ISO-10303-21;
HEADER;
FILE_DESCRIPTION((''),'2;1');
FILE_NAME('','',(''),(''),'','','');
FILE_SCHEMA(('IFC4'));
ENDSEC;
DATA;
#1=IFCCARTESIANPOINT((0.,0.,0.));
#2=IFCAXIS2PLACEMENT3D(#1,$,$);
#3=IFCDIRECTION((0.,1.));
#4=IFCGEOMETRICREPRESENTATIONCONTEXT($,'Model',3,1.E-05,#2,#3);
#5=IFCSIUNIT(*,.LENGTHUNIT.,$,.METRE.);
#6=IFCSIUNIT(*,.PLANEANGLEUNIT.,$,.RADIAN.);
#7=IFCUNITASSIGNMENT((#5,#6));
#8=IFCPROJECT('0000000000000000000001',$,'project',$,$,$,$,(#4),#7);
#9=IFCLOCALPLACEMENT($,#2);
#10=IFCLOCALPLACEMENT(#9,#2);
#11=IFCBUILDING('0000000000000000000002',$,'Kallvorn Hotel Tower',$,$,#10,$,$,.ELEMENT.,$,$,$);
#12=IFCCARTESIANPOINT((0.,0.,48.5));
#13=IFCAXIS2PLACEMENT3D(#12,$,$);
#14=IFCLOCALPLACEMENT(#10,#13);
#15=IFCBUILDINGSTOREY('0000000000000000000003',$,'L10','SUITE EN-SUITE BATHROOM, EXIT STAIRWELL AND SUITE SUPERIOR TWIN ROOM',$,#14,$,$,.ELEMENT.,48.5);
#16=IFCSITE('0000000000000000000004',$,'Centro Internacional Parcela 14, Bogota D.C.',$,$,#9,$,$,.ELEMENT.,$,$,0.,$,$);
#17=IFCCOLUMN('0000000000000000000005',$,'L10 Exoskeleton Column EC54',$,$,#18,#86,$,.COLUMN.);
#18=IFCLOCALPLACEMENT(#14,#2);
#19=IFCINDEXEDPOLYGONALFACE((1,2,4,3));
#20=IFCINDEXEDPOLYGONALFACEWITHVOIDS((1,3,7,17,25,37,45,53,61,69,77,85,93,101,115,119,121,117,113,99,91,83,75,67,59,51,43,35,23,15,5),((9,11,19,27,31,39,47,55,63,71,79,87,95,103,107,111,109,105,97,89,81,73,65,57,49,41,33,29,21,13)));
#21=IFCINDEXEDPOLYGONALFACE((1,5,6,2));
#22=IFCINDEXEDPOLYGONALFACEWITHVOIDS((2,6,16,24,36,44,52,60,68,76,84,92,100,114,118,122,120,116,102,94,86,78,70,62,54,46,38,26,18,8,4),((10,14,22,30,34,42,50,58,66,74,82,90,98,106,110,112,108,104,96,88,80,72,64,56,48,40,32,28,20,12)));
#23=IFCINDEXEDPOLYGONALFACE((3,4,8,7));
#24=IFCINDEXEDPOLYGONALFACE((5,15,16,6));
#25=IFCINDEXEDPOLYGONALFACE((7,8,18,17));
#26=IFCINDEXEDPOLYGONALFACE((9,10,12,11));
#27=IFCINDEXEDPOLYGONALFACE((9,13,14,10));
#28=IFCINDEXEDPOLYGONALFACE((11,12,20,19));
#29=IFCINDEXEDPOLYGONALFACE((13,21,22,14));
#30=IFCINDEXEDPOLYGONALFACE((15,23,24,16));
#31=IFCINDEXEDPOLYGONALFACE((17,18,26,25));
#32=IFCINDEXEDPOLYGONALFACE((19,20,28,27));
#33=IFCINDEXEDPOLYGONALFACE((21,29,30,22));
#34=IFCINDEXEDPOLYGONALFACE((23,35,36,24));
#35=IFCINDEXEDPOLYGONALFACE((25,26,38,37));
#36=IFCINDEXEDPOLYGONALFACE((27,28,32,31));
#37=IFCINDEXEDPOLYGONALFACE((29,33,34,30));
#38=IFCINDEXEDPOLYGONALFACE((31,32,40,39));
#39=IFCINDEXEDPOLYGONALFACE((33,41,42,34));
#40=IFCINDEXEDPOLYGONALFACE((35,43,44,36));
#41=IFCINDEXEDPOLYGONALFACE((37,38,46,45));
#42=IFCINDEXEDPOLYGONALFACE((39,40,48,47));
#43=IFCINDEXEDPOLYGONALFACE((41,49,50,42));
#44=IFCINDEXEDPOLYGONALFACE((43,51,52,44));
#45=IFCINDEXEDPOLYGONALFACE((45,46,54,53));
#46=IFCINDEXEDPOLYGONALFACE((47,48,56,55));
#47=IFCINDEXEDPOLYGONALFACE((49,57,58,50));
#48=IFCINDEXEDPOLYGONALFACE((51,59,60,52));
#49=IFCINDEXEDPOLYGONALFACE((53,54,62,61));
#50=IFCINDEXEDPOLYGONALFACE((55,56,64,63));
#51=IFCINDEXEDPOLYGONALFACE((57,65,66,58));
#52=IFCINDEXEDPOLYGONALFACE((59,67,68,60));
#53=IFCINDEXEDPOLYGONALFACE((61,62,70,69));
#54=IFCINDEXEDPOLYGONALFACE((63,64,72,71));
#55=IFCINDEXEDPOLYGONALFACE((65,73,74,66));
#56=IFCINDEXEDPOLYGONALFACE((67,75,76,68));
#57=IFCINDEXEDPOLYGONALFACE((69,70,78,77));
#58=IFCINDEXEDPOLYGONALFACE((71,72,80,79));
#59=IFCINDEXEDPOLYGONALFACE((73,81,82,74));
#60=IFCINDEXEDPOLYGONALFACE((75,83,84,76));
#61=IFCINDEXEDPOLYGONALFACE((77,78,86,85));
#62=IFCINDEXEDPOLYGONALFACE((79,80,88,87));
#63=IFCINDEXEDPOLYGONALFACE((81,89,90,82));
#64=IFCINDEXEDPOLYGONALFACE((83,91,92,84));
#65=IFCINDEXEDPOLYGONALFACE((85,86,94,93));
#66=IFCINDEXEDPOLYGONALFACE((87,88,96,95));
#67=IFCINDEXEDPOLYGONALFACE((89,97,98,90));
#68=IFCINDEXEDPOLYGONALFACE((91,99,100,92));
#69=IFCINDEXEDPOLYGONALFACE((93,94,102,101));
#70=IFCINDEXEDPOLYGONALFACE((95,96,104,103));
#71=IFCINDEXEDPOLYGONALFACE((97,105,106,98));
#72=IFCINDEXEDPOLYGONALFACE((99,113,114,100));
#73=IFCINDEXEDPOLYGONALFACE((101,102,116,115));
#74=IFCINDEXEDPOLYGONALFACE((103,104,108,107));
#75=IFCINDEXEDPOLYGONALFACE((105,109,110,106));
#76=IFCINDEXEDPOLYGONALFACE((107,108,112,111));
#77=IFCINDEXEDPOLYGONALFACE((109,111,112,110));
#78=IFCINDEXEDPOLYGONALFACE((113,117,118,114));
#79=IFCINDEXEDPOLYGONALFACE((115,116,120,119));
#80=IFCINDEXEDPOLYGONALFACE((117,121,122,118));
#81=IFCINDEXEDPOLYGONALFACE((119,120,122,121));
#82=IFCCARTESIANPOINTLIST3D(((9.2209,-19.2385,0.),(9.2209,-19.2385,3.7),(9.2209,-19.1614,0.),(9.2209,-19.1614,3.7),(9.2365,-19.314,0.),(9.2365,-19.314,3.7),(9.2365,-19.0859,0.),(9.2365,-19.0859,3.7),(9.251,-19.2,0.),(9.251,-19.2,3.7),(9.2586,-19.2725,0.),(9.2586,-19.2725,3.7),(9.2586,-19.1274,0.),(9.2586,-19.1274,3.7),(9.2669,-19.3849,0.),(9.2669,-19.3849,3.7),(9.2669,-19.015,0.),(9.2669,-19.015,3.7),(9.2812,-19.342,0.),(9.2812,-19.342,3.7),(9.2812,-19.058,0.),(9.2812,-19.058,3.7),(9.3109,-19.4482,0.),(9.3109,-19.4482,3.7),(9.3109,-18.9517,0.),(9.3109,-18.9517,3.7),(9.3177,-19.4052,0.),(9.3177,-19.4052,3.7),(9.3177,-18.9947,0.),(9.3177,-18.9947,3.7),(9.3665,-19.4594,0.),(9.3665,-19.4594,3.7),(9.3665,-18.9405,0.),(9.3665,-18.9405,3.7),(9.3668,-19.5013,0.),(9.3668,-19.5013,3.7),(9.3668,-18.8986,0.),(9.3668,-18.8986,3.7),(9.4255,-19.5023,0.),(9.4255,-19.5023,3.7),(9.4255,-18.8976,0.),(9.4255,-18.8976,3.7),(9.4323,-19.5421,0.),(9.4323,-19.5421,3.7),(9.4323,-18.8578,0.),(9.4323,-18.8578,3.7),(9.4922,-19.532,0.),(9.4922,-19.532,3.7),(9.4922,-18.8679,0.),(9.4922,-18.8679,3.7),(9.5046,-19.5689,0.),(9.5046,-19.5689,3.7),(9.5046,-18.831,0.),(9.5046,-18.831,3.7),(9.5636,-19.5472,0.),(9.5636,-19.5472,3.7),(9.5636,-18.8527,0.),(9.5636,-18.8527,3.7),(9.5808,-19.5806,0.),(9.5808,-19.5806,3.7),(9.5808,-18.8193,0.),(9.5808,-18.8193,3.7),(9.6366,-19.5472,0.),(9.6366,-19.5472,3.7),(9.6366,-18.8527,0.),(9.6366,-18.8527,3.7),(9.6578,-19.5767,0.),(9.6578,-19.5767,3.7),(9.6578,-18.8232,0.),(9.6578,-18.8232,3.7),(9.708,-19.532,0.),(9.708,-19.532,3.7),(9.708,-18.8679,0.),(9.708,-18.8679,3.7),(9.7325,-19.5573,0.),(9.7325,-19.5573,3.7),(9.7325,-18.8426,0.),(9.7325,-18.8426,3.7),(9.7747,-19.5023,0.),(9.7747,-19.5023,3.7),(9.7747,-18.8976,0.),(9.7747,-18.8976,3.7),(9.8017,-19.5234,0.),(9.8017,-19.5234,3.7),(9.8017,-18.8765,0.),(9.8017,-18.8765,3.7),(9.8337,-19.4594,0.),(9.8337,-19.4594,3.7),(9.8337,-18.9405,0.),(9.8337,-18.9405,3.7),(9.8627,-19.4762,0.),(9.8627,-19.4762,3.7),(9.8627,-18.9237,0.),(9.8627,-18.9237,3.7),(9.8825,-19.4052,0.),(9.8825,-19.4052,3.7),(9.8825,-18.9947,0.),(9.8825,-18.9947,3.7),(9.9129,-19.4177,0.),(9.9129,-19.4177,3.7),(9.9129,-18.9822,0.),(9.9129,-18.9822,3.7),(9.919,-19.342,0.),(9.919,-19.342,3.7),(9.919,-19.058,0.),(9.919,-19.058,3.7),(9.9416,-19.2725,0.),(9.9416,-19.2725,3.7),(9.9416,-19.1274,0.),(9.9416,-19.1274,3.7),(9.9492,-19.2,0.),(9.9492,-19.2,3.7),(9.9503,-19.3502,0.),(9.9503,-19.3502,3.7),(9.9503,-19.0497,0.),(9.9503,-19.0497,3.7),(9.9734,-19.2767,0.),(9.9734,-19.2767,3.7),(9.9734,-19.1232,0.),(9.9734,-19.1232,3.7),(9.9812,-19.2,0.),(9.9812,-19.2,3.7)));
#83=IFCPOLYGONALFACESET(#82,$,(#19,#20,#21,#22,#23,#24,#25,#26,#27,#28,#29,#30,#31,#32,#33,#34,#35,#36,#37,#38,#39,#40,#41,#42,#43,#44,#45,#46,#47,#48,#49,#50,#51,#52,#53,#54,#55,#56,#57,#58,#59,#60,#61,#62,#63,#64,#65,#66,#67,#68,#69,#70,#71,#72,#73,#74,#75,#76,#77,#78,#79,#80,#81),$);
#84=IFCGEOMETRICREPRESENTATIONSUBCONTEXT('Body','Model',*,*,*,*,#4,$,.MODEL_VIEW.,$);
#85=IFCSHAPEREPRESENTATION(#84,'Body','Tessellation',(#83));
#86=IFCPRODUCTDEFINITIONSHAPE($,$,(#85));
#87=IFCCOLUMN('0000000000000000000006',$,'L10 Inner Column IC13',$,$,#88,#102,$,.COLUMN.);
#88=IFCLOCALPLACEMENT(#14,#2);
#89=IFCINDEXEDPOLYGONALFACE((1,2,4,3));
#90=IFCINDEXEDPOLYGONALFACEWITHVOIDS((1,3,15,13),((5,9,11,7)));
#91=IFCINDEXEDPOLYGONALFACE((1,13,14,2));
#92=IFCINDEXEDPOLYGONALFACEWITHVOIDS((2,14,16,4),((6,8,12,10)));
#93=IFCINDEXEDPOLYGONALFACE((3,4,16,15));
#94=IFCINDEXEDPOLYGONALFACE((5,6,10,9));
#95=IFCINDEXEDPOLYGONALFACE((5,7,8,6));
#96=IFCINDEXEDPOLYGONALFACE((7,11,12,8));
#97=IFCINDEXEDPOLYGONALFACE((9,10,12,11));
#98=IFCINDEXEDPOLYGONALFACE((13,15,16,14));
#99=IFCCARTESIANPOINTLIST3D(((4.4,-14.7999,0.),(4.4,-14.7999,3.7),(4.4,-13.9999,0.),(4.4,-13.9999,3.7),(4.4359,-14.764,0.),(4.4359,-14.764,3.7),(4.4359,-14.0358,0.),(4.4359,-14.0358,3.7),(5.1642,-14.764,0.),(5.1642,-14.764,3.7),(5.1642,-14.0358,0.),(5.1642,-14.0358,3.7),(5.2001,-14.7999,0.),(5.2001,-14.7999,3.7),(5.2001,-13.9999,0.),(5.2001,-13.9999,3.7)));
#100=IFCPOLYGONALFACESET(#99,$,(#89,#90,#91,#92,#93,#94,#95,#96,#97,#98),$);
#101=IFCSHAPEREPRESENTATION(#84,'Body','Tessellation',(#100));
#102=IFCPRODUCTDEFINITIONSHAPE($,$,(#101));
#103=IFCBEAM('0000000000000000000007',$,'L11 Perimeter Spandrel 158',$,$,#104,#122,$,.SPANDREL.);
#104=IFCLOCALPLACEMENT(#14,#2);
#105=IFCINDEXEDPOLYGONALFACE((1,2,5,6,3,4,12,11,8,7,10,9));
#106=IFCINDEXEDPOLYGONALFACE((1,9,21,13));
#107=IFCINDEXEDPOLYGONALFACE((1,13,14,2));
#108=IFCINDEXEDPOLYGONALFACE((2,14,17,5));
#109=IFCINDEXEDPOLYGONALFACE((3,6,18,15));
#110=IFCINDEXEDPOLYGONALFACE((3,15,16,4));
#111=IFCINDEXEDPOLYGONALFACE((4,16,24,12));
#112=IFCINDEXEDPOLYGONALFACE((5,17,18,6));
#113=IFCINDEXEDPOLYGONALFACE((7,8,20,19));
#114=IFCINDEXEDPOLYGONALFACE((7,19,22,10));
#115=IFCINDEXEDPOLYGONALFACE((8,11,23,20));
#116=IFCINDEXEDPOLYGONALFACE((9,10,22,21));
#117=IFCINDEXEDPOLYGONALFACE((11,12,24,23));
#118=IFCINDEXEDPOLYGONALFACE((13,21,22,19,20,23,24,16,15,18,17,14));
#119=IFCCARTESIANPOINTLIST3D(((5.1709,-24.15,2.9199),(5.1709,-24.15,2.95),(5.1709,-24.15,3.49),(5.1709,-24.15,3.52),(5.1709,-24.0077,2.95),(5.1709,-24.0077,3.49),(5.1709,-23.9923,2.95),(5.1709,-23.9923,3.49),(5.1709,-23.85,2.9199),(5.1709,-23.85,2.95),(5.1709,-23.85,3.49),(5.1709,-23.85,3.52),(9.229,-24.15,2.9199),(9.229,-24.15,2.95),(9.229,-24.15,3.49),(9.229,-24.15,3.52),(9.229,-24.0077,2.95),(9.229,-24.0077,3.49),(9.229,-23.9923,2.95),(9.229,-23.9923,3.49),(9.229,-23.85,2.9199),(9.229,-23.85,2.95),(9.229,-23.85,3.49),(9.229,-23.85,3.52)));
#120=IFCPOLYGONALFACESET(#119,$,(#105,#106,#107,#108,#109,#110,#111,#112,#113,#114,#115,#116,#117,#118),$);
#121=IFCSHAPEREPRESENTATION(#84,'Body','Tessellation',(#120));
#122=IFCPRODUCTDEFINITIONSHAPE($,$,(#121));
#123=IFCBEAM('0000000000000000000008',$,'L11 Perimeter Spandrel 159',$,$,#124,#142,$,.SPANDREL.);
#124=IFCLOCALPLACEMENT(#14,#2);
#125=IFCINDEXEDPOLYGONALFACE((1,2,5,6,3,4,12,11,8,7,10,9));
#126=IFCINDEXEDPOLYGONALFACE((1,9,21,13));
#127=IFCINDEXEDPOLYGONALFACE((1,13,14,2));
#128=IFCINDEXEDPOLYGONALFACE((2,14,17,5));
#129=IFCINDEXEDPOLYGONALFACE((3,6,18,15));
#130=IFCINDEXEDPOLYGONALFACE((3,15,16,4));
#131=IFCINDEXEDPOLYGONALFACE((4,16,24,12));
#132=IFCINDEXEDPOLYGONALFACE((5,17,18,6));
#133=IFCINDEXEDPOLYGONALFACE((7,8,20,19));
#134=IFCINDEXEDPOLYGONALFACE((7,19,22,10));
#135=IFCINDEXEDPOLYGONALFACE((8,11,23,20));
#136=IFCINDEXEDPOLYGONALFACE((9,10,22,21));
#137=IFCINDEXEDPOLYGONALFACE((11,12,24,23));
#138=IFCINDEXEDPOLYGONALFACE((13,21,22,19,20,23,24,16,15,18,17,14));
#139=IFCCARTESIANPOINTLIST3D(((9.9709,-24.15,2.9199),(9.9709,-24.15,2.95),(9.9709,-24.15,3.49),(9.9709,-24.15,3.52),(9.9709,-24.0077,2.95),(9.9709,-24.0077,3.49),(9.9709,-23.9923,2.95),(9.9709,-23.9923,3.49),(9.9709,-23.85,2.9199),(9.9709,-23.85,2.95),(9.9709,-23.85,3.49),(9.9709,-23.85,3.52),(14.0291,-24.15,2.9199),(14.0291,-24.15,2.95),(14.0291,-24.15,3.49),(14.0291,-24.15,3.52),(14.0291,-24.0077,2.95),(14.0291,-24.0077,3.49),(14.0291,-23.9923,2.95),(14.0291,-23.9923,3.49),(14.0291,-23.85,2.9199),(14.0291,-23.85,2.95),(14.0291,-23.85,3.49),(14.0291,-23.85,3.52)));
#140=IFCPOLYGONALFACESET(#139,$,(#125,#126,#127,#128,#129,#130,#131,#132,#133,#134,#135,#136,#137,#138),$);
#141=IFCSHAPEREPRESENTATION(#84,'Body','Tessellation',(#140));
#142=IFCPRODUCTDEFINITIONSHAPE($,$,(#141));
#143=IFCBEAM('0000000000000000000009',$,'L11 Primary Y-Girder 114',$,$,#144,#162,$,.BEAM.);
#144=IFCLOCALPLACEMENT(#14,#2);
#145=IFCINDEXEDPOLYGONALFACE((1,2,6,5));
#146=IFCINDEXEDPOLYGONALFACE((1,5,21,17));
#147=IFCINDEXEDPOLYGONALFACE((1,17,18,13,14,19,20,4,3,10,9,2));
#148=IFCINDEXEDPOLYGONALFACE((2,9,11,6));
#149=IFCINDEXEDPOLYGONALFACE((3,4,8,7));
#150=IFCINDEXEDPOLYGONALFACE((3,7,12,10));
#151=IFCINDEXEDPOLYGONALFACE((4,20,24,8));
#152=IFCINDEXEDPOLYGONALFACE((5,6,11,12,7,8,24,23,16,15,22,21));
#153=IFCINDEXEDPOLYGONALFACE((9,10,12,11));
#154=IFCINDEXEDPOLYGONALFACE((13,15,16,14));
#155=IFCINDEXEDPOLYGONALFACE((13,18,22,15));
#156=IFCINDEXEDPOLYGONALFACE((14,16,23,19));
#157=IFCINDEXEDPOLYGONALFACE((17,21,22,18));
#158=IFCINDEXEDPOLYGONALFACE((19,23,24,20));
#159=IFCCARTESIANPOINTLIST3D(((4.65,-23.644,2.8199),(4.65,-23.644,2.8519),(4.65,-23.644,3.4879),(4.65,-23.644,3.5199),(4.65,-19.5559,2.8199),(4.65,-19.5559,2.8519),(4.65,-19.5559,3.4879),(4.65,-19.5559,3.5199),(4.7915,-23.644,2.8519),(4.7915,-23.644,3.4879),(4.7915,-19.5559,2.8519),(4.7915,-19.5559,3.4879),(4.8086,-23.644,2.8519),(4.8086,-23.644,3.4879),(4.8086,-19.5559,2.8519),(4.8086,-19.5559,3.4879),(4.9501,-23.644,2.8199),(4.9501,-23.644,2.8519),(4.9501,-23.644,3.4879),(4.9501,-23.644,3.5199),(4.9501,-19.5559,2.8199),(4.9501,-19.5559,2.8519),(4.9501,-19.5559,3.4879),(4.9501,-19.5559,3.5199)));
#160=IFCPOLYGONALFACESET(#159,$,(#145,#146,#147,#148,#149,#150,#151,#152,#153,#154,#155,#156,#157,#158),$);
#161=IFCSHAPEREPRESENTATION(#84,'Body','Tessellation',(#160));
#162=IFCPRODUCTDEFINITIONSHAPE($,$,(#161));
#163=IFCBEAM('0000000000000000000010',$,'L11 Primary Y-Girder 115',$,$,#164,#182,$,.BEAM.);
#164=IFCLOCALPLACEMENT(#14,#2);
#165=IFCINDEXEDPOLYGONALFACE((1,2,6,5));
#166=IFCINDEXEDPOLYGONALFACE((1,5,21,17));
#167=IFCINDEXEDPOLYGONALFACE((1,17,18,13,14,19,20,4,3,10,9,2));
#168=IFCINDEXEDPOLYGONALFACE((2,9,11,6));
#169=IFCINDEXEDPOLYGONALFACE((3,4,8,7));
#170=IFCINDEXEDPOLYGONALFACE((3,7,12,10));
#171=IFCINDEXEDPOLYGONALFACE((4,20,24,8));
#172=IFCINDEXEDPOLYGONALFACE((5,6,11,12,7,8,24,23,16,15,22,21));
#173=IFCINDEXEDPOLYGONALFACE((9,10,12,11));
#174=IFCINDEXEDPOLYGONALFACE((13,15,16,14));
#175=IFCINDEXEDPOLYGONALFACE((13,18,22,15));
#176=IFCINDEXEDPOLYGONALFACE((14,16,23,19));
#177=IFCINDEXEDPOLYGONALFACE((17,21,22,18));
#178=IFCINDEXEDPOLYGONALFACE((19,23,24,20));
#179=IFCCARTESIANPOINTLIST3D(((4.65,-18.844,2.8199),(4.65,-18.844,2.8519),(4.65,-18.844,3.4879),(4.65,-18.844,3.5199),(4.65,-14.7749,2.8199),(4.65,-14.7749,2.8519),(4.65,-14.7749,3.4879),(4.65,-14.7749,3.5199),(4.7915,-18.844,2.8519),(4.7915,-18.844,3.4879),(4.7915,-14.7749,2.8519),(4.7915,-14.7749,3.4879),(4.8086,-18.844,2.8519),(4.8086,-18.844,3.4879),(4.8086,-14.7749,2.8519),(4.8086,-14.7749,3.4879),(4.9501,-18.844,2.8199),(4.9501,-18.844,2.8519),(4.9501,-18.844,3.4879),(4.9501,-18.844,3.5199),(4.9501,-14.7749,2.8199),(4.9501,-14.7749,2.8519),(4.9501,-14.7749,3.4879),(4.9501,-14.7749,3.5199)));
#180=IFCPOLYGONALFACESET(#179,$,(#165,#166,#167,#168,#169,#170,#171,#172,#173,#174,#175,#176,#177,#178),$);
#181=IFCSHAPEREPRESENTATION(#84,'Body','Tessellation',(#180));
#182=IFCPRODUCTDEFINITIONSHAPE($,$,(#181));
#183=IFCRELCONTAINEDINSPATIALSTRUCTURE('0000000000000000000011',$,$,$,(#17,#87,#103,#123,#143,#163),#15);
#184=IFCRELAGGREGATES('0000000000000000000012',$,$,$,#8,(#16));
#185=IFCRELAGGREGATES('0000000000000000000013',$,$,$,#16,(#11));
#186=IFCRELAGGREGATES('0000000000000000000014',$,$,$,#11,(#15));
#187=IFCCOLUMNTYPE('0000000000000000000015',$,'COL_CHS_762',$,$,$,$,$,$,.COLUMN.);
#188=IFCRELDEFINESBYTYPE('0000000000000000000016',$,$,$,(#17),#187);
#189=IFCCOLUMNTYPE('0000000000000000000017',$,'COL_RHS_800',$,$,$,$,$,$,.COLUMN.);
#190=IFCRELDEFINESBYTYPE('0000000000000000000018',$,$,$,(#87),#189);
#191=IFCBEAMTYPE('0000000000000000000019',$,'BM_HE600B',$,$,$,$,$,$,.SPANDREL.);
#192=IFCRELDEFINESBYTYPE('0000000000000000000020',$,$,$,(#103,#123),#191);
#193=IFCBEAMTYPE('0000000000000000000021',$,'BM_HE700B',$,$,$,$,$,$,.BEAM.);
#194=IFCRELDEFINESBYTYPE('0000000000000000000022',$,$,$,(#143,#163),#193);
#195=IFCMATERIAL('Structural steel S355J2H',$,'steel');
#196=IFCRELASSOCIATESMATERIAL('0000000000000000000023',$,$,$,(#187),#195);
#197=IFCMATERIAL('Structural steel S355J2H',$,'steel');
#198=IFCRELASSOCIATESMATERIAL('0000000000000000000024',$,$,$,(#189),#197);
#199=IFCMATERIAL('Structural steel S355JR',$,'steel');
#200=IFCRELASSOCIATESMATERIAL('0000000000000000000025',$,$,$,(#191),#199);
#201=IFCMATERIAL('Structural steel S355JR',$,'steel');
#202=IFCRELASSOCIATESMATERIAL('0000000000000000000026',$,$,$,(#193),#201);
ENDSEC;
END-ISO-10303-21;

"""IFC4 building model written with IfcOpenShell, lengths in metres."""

from ifc_helpers import new_model, si_unit, direction, frame, origin, origin_2d, place, context, subcontext, project, spatial, hollow_rectangle, hollow_circle, i_section, extrude, material, material_profile, profile_set, type_object, element, save


model = new_model("IFC4")

# Units and contexts
model_context = context("Model", 3, precision=1e-05, world=origin(), true_north=direction((0.0, 1.0)))
body_context = subcontext(model_context, "Body", "Model", "MODEL_VIEW")
ifc_project = project(units=[si_unit("LENGTHUNIT", "METRE"), si_unit("PLANEANGLEUNIT", "RADIAN")], contexts=[model_context])

# Site, building, storey
site_placement = place(None, origin())
site = spatial("IfcSite", under=ifc_project, at=site_placement, Name="Centro Internacional Parcela 14, Bogota D.C.", CompositionType="ELEMENT", RefElevation=0.0)
building_placement = place(site_placement, origin())
building = spatial("IfcBuilding", under=site, at=building_placement, Name="Kallvorn Hotel Tower", CompositionType="ELEMENT")
storey_placement = place(building_placement, frame((0.0, 0.0, 48.5)))
storey = spatial("IfcBuildingStorey", under=building, at=storey_placement, Name="L10", Description="SUITE EN-SUITE BATHROOM, EXIT STAIRWELL AND SUITE SUPERIOR TWIN ROOM", CompositionType="ELEMENT", Elevation=48.5)

# Columns
ifc_material_1 = material(Name="Structural steel S355J2H", Category="steel")
ifc_material_profile_1 = material_profile(ifc_material_1, hollow_circle(Radius=0.3811, WallThickness=0.032, at=origin_2d()), Name="CHS 762x32")
ifc_profile_set_1 = profile_set([ifc_material_profile_1], Name="Structural steel S355J2H")
column_type_1 = type_object("IfcColumnType", Name="COL_CHS_762", PredefinedType="COLUMN", material=ifc_profile_set_1)
for number, where, z_axis, x_axis, name in (
    (1, (9.6001, -19.2, 0.0), (0.0, 0.0, 1.0), (1.0, 0.0, 0.0), "L10 Exoskeleton Column EC54"),
):
    element("IfcColumn", number, at=place(storey_placement, frame(where, z_axis=z_axis, x_axis=x_axis)), inside=storey, type_object=column_type_1, Name=name, PredefinedType="COLUMN", context=body_context, shape_type="SweptSolid", body=[
        extrude(hollow_circle(Radius=0.3811, WallThickness=0.032, at=origin_2d()), origin(), (0.0, 0.0, 1.0), 3.7),
    ])
ifc_material_2 = material(Name="Structural steel S355J2H", Category="steel")
ifc_material_profile_2 = material_profile(ifc_material_2, hollow_rectangle(XDim=0.8, YDim=0.8, WallThickness=0.0359, at=origin_2d()), Name="RHS 800x800x36")
ifc_profile_set_2 = profile_set([ifc_material_profile_2], Name="Structural steel S355J2H")
column_type_2 = type_object("IfcColumnType", Name="COL_RHS_800", PredefinedType="COLUMN", material=ifc_profile_set_2)
column_placement = place(storey_placement, frame((4.8, -14.3999, 0.0), z_axis=(0.0, 0.0, 1.0), x_axis=(1.0, 0.0, 0.0)))
element("IfcColumn", 2, at=column_placement, inside=storey, type_object=column_type_2, Name="L10 Inner Column IC13", PredefinedType="COLUMN", context=body_context, shape_type="SweptSolid", body=[
    extrude(hollow_rectangle(XDim=0.8, YDim=0.8, WallThickness=0.0359, at=origin_2d()), origin(), (0.0, 0.0, 1.0), 3.7),
])

# Beams
ifc_material_3 = material(Name="Structural steel S355JR", Category="steel")
ifc_material_profile_3 = material_profile(ifc_material_3, i_section(OverallWidth=0.3, OverallDepth=0.6001, WebThickness=0.0154, FlangeThickness=0.03, at=origin_2d()), Name="HE 600 B")
ifc_profile_set_3 = profile_set([ifc_material_profile_3], Name="Structural steel S355JR")
beam_type_1 = type_object("IfcBeamType", Name="BM_HE600B", PredefinedType="SPANDREL", material=ifc_profile_set_3)
for number, where, z_axis, x_axis, name in (
    (3, (5.1709, -24.0, 3.22), (1.0, 0.0, 0.0), (0.0, 1.0, 0.0), "L11 Perimeter Spandrel 158"),
    (4, (9.9709, -24.0, 3.22), (1.0, 0.0, 0.0), (0.0, 1.0, 0.0), "L11 Perimeter Spandrel 159"),
):
    element("IfcBeam", number, at=place(storey_placement, frame(where, z_axis=z_axis, x_axis=x_axis)), inside=storey, type_object=beam_type_1, Name=name, PredefinedType="SPANDREL", context=body_context, shape_type="SweptSolid", body=[
        extrude(i_section(OverallWidth=0.3, OverallDepth=0.6001, WebThickness=0.0154, FlangeThickness=0.03, at=origin_2d()), origin(), (0.0, 0.0, 1.0), 4.0581),
    ])
ifc_material_4 = material(Name="Structural steel S355JR", Category="steel")
ifc_material_profile_4 = material_profile(ifc_material_4, i_section(OverallWidth=0.3, OverallDepth=0.7, WebThickness=0.0171, FlangeThickness=0.032, at=origin_2d()), Name="HE 700 B")
ifc_profile_set_4 = profile_set([ifc_material_profile_4], Name="Structural steel S355JR")
beam_type_2 = type_object("IfcBeamType", Name="BM_HE700B", PredefinedType="BEAM", material=ifc_profile_set_4)
beam_1_placement = place(storey_placement, frame((4.8, -23.644, 3.1699), z_axis=(0.0, 1.0, 0.0), x_axis=(-1.0, 0.0, 0.0)))
element("IfcBeam", 5, at=beam_1_placement, inside=storey, type_object=beam_type_2, Name="L11 Primary Y-Girder 114", PredefinedType="BEAM", context=body_context, shape_type="SweptSolid", body=[
    extrude(i_section(OverallWidth=0.3, OverallDepth=0.7, WebThickness=0.0171, FlangeThickness=0.032, at=origin_2d()), origin(), (0.0, 0.0, 1.0), 4.0881),
])
beam_2_placement = place(storey_placement, frame((4.8, -18.844, 3.1699), z_axis=(0.0, 1.0, 0.0), x_axis=(-1.0, 0.0, 0.0)))
element("IfcBeam", 6, at=beam_2_placement, inside=storey, type_object=beam_type_2, Name="L11 Primary Y-Girder 115", PredefinedType="BEAM", context=body_context, shape_type="SweptSolid", body=[
    extrude(i_section(OverallWidth=0.3, OverallDepth=0.7, WebThickness=0.0171, FlangeThickness=0.032, at=origin_2d()), origin(), (0.0, 0.0, 1.0), 4.0691),
])

save(model, "model.ifc")
